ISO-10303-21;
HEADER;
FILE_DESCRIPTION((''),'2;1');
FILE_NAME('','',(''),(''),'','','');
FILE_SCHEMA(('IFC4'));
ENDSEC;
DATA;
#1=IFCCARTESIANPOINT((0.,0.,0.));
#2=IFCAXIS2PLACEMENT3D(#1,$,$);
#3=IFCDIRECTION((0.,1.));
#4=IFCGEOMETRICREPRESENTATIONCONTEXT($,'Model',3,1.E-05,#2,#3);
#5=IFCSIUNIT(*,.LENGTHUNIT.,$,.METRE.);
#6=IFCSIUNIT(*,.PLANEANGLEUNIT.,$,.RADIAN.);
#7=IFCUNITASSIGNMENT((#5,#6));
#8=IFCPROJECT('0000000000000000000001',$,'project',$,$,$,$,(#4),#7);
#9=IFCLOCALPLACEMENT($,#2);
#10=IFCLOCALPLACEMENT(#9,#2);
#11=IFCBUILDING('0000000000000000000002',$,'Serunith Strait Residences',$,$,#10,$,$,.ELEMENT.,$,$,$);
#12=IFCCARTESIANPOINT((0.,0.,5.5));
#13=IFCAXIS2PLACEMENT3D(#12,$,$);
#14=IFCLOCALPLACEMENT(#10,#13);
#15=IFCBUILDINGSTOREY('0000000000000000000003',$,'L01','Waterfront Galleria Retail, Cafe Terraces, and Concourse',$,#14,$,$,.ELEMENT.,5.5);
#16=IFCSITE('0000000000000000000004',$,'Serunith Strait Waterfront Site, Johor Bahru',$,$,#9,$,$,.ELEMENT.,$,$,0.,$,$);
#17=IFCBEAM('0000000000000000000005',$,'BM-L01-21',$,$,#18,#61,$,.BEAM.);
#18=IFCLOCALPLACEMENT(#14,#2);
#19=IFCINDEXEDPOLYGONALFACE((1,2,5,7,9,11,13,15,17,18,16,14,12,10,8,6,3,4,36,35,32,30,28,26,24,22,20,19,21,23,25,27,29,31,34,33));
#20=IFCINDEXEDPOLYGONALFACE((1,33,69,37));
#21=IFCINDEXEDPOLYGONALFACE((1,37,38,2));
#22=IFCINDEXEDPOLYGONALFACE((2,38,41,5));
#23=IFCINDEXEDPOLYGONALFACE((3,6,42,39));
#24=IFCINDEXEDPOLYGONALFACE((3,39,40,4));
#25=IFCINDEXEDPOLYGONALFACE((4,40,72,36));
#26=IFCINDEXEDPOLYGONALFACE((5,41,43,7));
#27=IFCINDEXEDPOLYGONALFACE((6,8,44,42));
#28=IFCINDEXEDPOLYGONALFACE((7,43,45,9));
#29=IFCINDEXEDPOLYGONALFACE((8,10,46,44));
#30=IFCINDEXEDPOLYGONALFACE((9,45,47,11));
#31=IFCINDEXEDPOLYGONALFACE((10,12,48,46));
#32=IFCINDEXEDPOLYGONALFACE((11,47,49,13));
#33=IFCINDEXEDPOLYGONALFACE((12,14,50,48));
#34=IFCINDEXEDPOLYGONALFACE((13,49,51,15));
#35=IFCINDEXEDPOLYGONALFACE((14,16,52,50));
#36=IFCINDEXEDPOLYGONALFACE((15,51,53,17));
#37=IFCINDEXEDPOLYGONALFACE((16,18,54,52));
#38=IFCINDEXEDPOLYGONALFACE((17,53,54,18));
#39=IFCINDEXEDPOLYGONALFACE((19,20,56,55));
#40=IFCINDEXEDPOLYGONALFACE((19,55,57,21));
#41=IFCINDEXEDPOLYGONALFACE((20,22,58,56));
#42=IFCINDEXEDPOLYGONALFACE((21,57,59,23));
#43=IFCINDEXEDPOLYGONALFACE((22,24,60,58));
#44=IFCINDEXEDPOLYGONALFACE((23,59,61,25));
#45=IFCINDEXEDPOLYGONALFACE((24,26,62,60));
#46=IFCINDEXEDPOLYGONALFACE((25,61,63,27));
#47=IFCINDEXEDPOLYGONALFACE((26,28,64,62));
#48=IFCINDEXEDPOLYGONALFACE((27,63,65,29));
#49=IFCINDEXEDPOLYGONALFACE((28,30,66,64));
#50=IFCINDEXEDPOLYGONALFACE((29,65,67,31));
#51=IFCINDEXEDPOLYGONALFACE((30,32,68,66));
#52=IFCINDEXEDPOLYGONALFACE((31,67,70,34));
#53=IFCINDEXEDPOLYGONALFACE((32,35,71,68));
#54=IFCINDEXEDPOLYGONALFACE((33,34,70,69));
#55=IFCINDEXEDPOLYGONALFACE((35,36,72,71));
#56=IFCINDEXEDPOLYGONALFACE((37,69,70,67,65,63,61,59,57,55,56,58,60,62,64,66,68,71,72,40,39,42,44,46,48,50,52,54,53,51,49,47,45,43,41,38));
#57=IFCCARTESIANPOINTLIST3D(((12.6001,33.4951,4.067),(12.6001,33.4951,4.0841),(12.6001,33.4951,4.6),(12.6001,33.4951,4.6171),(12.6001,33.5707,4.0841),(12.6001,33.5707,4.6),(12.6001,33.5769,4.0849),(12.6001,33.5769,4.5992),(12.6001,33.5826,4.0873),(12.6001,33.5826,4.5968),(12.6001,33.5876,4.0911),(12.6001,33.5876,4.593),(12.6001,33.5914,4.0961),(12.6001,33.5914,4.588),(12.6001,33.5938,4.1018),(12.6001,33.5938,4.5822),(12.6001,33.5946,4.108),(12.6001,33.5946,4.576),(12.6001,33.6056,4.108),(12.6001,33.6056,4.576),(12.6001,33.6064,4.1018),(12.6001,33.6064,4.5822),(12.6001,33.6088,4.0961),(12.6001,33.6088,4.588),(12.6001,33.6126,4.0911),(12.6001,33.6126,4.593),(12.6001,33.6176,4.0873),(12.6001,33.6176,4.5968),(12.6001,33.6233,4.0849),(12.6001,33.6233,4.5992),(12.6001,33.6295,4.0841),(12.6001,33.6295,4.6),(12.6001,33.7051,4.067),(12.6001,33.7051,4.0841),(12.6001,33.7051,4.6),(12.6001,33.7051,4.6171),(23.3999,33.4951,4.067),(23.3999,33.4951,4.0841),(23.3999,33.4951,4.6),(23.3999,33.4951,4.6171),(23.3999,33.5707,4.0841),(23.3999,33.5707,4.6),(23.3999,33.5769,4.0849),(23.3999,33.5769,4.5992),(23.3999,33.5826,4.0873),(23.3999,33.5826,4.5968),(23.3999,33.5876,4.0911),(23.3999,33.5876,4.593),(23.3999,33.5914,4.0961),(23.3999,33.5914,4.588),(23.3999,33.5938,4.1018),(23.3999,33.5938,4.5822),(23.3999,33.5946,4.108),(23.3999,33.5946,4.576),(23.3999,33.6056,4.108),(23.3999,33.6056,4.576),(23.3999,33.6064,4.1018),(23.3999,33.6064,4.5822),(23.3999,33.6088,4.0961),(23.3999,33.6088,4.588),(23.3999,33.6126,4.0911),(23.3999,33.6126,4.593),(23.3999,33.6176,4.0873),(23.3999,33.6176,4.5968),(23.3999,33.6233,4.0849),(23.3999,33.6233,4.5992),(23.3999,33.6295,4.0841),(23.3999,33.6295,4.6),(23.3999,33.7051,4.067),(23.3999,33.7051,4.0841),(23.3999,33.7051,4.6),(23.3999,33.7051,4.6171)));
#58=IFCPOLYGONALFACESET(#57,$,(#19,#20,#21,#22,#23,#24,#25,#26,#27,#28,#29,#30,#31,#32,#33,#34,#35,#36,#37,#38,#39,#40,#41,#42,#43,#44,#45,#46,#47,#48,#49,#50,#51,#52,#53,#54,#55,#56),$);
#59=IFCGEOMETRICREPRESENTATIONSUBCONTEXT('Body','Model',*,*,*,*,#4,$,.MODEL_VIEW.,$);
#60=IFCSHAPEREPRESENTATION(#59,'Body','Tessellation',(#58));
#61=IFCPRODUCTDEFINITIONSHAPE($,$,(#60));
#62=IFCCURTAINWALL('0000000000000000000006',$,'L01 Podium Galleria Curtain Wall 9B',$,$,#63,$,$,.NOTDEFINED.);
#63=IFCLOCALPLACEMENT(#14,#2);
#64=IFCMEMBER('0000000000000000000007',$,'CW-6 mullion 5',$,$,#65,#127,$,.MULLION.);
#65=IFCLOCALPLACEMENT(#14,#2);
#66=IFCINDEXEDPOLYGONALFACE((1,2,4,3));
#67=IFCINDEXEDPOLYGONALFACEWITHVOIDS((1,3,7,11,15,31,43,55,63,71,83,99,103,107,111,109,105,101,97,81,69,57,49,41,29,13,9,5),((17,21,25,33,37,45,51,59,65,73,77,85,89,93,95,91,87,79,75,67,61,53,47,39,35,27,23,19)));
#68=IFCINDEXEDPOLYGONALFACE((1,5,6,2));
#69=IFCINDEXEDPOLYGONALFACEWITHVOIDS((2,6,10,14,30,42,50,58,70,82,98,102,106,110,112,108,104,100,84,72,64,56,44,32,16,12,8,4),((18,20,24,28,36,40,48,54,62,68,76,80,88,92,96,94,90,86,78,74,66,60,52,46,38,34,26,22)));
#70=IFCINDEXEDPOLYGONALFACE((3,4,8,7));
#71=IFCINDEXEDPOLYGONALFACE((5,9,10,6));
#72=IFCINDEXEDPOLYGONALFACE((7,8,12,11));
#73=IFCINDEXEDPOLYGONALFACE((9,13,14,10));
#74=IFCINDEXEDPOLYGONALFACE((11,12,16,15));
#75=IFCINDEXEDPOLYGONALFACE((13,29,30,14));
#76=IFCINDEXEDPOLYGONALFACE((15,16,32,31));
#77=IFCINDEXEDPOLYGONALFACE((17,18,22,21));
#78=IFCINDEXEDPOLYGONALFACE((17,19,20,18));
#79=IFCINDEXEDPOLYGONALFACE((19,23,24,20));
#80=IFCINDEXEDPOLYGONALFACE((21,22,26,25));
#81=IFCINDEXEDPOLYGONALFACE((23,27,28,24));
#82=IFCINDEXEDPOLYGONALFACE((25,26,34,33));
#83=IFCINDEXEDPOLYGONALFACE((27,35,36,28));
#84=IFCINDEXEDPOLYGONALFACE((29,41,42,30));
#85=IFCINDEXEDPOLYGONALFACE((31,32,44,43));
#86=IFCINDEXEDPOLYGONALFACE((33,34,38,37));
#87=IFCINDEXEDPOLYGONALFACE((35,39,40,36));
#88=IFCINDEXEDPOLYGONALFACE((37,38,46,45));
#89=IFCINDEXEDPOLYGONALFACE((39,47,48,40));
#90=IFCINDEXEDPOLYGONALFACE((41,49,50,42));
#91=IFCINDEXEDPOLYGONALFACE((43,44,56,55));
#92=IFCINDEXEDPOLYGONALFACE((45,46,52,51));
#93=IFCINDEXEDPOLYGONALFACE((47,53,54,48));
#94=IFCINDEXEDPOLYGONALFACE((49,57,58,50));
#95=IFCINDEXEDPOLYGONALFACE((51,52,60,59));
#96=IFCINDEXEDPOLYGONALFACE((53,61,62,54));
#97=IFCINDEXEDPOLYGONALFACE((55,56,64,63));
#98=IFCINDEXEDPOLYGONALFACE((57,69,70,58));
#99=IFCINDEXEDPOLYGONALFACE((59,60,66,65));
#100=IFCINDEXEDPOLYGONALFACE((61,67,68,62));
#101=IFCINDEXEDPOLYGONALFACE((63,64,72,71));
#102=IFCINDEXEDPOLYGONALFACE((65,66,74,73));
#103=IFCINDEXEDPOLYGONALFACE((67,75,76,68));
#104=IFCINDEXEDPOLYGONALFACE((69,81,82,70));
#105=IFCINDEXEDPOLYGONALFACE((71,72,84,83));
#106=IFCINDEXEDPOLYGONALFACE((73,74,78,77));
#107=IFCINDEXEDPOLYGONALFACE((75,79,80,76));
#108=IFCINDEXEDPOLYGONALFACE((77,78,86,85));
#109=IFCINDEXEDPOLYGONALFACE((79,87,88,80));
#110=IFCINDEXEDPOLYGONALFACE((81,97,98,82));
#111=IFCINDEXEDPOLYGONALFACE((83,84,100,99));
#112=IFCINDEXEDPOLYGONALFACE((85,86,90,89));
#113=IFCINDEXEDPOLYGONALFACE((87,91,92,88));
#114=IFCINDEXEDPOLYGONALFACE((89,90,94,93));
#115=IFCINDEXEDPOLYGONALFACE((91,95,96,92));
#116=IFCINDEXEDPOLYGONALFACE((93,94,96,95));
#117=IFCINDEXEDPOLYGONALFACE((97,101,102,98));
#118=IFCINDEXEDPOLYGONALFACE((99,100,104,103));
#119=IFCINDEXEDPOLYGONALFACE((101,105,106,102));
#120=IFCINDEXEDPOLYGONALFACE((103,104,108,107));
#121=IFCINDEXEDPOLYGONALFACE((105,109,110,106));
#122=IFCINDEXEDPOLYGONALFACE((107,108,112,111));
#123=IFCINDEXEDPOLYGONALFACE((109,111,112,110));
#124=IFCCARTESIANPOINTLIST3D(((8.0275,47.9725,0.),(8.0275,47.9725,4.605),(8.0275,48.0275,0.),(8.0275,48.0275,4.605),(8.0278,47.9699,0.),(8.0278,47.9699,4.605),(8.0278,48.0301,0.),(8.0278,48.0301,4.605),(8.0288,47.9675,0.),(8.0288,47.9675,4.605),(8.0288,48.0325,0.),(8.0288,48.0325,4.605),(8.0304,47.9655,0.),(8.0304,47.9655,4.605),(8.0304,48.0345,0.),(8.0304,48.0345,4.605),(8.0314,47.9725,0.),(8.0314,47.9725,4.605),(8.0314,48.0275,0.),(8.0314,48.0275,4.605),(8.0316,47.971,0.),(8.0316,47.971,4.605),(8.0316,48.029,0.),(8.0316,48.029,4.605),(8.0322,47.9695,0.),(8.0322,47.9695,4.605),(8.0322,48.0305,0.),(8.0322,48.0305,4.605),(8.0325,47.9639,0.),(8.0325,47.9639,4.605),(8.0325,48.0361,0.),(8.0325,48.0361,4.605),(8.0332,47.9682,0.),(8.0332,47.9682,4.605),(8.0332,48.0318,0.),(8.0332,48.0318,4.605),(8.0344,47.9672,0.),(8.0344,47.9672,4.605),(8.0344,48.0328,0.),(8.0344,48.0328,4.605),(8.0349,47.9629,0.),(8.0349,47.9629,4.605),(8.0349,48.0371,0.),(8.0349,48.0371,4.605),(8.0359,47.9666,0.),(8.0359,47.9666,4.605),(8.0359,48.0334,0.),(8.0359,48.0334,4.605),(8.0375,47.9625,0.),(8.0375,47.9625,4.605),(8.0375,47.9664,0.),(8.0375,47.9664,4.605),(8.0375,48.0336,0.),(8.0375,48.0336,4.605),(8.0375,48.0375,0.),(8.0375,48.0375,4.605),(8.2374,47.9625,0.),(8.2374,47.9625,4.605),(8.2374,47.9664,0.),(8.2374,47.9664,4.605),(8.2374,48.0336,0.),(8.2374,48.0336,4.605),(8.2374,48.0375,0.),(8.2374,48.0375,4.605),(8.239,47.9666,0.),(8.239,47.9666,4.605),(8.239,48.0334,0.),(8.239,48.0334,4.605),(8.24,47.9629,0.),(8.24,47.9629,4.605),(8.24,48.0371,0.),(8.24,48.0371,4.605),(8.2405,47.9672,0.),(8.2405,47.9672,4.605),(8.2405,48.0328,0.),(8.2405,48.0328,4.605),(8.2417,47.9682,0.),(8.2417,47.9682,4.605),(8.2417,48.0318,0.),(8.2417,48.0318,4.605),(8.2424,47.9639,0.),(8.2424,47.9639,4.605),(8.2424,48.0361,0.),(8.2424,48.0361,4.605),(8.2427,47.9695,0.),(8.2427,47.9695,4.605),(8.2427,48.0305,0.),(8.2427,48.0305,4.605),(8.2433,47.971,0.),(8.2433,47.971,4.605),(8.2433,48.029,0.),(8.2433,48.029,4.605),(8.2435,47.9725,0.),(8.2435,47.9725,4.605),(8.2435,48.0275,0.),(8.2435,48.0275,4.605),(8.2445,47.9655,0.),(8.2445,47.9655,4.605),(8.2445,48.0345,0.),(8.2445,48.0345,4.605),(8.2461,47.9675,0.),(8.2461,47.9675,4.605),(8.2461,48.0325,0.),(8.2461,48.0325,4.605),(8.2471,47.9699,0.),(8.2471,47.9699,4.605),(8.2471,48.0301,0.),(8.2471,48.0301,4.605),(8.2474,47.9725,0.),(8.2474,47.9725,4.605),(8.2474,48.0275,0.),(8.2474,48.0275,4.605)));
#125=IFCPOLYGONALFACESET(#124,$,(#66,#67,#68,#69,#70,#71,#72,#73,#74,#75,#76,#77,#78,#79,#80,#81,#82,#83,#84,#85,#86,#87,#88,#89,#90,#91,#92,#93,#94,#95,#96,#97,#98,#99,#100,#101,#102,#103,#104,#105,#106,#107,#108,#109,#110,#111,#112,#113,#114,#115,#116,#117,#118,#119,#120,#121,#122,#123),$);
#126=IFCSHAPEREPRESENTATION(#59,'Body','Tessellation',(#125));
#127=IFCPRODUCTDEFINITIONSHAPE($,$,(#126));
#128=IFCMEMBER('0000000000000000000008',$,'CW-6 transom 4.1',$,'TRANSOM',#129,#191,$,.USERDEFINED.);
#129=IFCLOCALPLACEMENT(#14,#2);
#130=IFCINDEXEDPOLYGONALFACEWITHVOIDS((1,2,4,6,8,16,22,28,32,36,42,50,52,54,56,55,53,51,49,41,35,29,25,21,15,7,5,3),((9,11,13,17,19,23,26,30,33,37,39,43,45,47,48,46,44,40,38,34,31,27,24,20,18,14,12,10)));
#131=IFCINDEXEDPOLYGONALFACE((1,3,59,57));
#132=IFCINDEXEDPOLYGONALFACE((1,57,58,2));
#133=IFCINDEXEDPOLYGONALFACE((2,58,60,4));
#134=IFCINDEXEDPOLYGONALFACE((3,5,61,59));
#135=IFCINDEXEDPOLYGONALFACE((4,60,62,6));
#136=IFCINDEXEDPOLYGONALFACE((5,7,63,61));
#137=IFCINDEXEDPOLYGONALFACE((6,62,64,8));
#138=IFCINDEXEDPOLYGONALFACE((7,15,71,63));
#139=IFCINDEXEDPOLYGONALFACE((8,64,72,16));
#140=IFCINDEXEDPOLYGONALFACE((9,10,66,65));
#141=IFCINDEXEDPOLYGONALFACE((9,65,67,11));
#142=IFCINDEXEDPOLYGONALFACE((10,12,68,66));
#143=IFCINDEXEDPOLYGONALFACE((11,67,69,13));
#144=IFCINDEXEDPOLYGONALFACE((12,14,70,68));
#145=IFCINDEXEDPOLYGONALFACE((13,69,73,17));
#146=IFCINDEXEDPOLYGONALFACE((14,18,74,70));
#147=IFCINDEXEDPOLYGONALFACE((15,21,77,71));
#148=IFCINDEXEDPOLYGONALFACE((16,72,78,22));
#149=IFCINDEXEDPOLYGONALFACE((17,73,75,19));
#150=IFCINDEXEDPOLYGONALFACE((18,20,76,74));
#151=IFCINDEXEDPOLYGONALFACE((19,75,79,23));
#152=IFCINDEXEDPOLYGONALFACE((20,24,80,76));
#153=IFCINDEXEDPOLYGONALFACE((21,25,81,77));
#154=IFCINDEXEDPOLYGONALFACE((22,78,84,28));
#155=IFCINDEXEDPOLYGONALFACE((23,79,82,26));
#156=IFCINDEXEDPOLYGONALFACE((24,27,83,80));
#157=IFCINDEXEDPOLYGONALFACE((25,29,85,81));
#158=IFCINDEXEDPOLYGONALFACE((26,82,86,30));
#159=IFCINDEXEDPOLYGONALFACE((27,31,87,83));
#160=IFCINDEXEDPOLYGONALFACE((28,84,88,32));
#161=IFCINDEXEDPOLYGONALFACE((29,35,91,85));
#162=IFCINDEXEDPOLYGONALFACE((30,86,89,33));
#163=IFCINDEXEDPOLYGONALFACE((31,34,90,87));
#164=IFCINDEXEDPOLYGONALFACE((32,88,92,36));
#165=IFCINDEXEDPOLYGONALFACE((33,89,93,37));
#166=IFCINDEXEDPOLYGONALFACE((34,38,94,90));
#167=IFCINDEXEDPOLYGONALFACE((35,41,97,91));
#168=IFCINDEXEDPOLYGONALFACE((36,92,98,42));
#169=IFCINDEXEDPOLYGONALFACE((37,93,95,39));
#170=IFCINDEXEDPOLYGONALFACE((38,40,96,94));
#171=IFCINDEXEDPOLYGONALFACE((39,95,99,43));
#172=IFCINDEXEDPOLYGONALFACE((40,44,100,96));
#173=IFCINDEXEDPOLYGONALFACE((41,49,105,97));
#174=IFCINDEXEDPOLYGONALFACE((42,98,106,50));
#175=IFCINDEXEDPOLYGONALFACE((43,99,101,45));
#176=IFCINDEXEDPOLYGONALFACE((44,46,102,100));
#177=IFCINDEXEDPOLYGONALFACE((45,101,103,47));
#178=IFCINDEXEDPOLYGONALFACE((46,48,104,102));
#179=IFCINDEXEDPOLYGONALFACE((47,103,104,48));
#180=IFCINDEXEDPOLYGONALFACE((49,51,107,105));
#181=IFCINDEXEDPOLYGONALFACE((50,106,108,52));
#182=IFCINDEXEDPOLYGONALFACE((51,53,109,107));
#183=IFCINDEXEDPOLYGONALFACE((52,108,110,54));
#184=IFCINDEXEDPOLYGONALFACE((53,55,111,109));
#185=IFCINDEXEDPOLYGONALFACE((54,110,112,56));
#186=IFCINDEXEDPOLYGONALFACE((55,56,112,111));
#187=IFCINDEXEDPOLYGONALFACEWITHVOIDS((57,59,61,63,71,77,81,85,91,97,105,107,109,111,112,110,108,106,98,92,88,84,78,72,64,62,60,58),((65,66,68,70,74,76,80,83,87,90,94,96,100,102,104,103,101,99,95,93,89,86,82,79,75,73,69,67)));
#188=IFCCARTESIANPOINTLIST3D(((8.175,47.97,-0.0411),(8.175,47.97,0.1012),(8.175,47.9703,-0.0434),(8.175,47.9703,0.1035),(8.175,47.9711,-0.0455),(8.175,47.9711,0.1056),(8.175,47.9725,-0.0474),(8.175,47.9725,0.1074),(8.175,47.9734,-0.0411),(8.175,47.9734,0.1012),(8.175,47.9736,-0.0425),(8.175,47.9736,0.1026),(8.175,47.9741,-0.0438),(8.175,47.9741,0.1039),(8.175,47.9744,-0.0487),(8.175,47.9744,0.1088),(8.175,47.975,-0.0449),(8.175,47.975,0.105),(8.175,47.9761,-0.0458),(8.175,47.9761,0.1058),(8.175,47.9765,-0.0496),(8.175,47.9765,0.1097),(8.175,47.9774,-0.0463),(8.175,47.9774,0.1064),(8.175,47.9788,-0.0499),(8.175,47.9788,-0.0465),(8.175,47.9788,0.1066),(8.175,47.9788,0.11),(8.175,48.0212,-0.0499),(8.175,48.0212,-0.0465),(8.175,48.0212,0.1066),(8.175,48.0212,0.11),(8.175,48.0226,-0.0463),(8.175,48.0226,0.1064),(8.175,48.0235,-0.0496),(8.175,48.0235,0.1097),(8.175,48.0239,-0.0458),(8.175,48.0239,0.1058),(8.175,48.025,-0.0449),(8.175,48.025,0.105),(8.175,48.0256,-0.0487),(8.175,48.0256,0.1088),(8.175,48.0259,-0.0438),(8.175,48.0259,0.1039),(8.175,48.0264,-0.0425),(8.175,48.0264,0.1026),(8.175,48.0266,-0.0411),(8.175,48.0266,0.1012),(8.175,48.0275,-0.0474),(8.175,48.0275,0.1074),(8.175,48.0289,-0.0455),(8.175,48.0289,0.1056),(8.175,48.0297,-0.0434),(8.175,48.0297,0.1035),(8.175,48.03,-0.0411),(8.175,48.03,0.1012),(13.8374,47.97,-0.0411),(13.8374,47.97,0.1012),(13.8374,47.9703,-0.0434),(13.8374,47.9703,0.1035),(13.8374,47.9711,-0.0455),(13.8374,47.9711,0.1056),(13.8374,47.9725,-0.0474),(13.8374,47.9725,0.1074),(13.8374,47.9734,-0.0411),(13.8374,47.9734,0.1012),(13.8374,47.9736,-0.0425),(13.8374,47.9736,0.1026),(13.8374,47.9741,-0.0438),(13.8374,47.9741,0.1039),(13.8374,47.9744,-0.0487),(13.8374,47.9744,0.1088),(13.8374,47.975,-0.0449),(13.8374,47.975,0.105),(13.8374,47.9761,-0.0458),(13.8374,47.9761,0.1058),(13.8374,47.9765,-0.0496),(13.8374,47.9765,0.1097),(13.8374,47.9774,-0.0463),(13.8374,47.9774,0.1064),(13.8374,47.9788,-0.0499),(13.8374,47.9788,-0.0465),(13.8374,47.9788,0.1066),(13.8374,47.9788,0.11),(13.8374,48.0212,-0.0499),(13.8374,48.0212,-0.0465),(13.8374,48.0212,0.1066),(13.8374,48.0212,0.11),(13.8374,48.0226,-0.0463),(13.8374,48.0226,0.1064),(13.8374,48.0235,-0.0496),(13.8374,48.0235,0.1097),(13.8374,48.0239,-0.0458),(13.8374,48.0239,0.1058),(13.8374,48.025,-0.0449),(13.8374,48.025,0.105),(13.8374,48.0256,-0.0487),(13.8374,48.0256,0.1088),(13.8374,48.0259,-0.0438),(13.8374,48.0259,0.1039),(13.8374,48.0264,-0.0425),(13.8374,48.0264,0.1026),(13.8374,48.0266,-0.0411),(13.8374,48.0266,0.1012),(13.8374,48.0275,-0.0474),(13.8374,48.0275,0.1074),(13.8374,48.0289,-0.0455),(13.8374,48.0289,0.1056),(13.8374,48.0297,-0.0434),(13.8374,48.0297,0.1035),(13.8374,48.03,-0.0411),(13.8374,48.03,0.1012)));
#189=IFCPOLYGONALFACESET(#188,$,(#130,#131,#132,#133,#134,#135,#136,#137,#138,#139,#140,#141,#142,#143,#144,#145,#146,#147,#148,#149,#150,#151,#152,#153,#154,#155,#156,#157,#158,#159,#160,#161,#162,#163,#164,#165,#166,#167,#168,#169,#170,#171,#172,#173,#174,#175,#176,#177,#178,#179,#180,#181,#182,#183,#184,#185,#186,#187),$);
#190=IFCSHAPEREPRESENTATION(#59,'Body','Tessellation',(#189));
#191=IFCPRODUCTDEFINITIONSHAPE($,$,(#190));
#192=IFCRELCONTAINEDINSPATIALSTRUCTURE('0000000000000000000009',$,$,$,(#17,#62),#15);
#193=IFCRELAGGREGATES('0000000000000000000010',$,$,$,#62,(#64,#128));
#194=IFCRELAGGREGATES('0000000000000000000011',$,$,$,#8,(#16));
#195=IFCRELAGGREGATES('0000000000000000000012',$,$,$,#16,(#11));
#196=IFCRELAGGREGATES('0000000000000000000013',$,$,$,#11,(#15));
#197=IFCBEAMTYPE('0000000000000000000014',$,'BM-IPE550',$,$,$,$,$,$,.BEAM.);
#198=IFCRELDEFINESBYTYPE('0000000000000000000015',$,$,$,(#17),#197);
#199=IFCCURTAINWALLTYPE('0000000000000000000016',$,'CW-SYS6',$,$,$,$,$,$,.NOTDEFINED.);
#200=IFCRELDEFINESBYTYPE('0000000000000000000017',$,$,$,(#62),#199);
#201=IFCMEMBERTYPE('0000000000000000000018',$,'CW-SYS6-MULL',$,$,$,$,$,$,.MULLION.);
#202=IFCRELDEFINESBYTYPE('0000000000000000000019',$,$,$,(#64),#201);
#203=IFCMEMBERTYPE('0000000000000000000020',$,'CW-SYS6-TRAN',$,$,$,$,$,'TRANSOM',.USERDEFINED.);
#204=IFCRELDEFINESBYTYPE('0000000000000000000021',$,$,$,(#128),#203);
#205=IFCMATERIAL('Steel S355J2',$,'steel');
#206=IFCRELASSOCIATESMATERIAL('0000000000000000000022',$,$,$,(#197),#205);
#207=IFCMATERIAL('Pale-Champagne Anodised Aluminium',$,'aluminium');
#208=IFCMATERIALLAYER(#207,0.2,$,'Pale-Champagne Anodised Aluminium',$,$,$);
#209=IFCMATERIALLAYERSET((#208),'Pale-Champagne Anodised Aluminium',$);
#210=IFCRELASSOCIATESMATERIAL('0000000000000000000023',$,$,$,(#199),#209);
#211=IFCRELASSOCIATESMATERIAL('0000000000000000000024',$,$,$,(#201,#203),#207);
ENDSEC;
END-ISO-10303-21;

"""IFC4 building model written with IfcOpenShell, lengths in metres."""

from ifc_helpers import new_model, si_unit, direction, frame, origin, origin_2d, place, context, subcontext, project, spatial, hollow_rectangle, i_section, extrude, source, transform, mapped, material, layer, layer_set, material_profile, profile_set, type_object, element, aggregate, save


model = new_model("IFC4")

# Units and contexts
model_context = context("Model", 3, precision=1e-05, world=origin(), true_north=direction((0.0, 1.0)))
body_context = subcontext(model_context, "Body", "Model", "MODEL_VIEW")
ifc_project = project(units=[si_unit("LENGTHUNIT", "METRE"), si_unit("PLANEANGLEUNIT", "RADIAN")], contexts=[model_context])

# Site, building, storey
site_placement = place(None, origin())
site = spatial("IfcSite", under=ifc_project, at=site_placement, Name="Serunith Strait Waterfront Site, Johor Bahru", CompositionType="ELEMENT", RefElevation=0.0)
building_placement = place(site_placement, origin())
building = spatial("IfcBuilding", under=site, at=building_placement, Name="Serunith Strait Residences", CompositionType="ELEMENT")
storey_placement = place(building_placement, frame((0.0, 0.0, 5.5)))
storey = spatial("IfcBuildingStorey", under=building, at=storey_placement, Name="L01", Description="Waterfront Galleria Retail, Cafe Terraces, and Concourse", CompositionType="ELEMENT", Elevation=5.5)

# Beam
ifc_material_1 = material(Name="Steel S355J2", Category="steel")
ifc_material_profile_1 = material_profile(ifc_material_1, i_section(OverallWidth=0.21, OverallDepth=0.55, WebThickness=0.011, FlangeThickness=0.0171, FilletRadius=0.0239, at=origin_2d()), Name="IPE 550")
ifc_profile_set_1 = profile_set([ifc_material_profile_1], Name="Steel S355J2")
beam_type_1 = type_object("IfcBeamType", Name="BM-IPE550", PredefinedType="BEAM", material=ifc_profile_set_1)
shared_shape_1 = source(origin(), body_context, "Body", "SweptSolid", [
    extrude(i_section(OverallWidth=0.21, OverallDepth=0.55, WebThickness=0.011, FlangeThickness=0.0171, FilletRadius=0.0239, at=origin_2d()), origin(), (0.0, 0.0, 1.0), 10.7998),
])
beam_1_placement = place(storey_placement, frame((12.6001, 33.6001, 4.342), z_axis=(1.0, 0.0, 0.0), x_axis=(0.0, 1.0, 0.0)))
element("IfcBeam", 1, at=beam_1_placement, inside=storey, type_object=beam_type_1, Name="BM-L01-21", PredefinedType="BEAM", context=body_context, shape_type="MappedRepresentation", body=[
    mapped(shared_shape_1, transform((0.0, 0.0, 0.0), scale=1.0)),
])

# Curtain wall, members
ifc_material_2 = material(Name="Pale-Champagne Anodised Aluminium", Category="aluminium")
ifc_layer_1 = layer(ifc_material_2, 0.2, Name="Pale-Champagne Anodised Aluminium")
ifc_layer_set_1 = layer_set([ifc_layer_1], Name="Pale-Champagne Anodised Aluminium")
curtain_wall_type = type_object("IfcCurtainWallType", Name="CW-SYS6", PredefinedType="NOTDEFINED", material=ifc_layer_set_1)
curtain_wall_placement = place(storey_placement, origin())
curtain_wall = element("IfcCurtainWall", 2, at=curtain_wall_placement, inside=storey, type_object=curtain_wall_type, Name="L01 Podium Galleria Curtain Wall 9B", PredefinedType="NOTDEFINED")
ifc_material_profile_2 = material_profile(ifc_material_2, hollow_rectangle(XDim=0.075, YDim=0.22, WallThickness=0.0039, InnerFilletRadius=0.0061, OuterFilletRadius=0.01, at=origin_2d()), Name="ALU 220x75x4")
ifc_profile_set_2 = profile_set([ifc_material_profile_2], Name="Pale-Champagne Anodised Aluminium")
member_type_1 = type_object("IfcMemberType", Name="CW-SYS6-MULL", PredefinedType="MULLION", material=ifc_profile_set_2)
shared_shape_2 = source(origin(), body_context, "Body", "SweptSolid", [
    extrude(hollow_rectangle(XDim=0.075, YDim=0.22, WallThickness=0.0039, InnerFilletRadius=0.0061, OuterFilletRadius=0.01, at=origin_2d()), origin(), (0.0, 0.0, 1.0), 4.605),
])
member_1_placement = place(storey_placement, frame((8.1375, 48.0, 0.0), z_axis=(0.0, 0.0, 1.0), x_axis=(0.0, -1.0, 0.0)))
member_1 = element("IfcMember", 3, at=member_1_placement, type_object=member_type_1, Name="CW-6 mullion 5", PredefinedType="MULLION", context=body_context, shape_type="MappedRepresentation", body=[
    mapped(shared_shape_2, transform((0.0, 0.0, 0.0), scale=1.0)),
])
ifc_material_profile_3 = material_profile(ifc_material_2, hollow_rectangle(XDim=0.0601, YDim=0.1599, WallThickness=0.0034, InnerFilletRadius=0.0054, OuterFilletRadius=0.0088, at=origin_2d()), Name="ALU 160x60x3.5")
ifc_profile_set_3 = profile_set([ifc_material_profile_3], Name="Pale-Champagne Anodised Aluminium")
member_type_2 = type_object("IfcMemberType", Name="CW-SYS6-TRAN", ElementType="TRANSOM", PredefinedType="USERDEFINED", material=ifc_profile_set_3)
shared_shape_3 = source(origin(), body_context, "Body", "SweptSolid", [
    extrude(hollow_rectangle(XDim=0.0601, YDim=0.1599, WallThickness=0.0034, InnerFilletRadius=0.0054, OuterFilletRadius=0.0088, at=origin_2d()), origin(), (0.0, 0.0, 1.0), 5.6624),
])
member_2_placement = place(storey_placement, frame((13.8374, 48.0, 0.03), z_axis=(-1.0, 0.0, 0.0), x_axis=(0.0, -1.0, 0.0)))
member_2 = element("IfcMember", 4, at=member_2_placement, type_object=member_type_2, Name="CW-6 transom 4.1", ObjectType="TRANSOM", PredefinedType="USERDEFINED", context=body_context, shape_type="MappedRepresentation", body=[
    mapped(shared_shape_3, transform((0.0, 0.0, 0.0), scale=1.0)),
])
aggregate(curtain_wall, [member_1, member_2])

save(model, "model.ifc")
